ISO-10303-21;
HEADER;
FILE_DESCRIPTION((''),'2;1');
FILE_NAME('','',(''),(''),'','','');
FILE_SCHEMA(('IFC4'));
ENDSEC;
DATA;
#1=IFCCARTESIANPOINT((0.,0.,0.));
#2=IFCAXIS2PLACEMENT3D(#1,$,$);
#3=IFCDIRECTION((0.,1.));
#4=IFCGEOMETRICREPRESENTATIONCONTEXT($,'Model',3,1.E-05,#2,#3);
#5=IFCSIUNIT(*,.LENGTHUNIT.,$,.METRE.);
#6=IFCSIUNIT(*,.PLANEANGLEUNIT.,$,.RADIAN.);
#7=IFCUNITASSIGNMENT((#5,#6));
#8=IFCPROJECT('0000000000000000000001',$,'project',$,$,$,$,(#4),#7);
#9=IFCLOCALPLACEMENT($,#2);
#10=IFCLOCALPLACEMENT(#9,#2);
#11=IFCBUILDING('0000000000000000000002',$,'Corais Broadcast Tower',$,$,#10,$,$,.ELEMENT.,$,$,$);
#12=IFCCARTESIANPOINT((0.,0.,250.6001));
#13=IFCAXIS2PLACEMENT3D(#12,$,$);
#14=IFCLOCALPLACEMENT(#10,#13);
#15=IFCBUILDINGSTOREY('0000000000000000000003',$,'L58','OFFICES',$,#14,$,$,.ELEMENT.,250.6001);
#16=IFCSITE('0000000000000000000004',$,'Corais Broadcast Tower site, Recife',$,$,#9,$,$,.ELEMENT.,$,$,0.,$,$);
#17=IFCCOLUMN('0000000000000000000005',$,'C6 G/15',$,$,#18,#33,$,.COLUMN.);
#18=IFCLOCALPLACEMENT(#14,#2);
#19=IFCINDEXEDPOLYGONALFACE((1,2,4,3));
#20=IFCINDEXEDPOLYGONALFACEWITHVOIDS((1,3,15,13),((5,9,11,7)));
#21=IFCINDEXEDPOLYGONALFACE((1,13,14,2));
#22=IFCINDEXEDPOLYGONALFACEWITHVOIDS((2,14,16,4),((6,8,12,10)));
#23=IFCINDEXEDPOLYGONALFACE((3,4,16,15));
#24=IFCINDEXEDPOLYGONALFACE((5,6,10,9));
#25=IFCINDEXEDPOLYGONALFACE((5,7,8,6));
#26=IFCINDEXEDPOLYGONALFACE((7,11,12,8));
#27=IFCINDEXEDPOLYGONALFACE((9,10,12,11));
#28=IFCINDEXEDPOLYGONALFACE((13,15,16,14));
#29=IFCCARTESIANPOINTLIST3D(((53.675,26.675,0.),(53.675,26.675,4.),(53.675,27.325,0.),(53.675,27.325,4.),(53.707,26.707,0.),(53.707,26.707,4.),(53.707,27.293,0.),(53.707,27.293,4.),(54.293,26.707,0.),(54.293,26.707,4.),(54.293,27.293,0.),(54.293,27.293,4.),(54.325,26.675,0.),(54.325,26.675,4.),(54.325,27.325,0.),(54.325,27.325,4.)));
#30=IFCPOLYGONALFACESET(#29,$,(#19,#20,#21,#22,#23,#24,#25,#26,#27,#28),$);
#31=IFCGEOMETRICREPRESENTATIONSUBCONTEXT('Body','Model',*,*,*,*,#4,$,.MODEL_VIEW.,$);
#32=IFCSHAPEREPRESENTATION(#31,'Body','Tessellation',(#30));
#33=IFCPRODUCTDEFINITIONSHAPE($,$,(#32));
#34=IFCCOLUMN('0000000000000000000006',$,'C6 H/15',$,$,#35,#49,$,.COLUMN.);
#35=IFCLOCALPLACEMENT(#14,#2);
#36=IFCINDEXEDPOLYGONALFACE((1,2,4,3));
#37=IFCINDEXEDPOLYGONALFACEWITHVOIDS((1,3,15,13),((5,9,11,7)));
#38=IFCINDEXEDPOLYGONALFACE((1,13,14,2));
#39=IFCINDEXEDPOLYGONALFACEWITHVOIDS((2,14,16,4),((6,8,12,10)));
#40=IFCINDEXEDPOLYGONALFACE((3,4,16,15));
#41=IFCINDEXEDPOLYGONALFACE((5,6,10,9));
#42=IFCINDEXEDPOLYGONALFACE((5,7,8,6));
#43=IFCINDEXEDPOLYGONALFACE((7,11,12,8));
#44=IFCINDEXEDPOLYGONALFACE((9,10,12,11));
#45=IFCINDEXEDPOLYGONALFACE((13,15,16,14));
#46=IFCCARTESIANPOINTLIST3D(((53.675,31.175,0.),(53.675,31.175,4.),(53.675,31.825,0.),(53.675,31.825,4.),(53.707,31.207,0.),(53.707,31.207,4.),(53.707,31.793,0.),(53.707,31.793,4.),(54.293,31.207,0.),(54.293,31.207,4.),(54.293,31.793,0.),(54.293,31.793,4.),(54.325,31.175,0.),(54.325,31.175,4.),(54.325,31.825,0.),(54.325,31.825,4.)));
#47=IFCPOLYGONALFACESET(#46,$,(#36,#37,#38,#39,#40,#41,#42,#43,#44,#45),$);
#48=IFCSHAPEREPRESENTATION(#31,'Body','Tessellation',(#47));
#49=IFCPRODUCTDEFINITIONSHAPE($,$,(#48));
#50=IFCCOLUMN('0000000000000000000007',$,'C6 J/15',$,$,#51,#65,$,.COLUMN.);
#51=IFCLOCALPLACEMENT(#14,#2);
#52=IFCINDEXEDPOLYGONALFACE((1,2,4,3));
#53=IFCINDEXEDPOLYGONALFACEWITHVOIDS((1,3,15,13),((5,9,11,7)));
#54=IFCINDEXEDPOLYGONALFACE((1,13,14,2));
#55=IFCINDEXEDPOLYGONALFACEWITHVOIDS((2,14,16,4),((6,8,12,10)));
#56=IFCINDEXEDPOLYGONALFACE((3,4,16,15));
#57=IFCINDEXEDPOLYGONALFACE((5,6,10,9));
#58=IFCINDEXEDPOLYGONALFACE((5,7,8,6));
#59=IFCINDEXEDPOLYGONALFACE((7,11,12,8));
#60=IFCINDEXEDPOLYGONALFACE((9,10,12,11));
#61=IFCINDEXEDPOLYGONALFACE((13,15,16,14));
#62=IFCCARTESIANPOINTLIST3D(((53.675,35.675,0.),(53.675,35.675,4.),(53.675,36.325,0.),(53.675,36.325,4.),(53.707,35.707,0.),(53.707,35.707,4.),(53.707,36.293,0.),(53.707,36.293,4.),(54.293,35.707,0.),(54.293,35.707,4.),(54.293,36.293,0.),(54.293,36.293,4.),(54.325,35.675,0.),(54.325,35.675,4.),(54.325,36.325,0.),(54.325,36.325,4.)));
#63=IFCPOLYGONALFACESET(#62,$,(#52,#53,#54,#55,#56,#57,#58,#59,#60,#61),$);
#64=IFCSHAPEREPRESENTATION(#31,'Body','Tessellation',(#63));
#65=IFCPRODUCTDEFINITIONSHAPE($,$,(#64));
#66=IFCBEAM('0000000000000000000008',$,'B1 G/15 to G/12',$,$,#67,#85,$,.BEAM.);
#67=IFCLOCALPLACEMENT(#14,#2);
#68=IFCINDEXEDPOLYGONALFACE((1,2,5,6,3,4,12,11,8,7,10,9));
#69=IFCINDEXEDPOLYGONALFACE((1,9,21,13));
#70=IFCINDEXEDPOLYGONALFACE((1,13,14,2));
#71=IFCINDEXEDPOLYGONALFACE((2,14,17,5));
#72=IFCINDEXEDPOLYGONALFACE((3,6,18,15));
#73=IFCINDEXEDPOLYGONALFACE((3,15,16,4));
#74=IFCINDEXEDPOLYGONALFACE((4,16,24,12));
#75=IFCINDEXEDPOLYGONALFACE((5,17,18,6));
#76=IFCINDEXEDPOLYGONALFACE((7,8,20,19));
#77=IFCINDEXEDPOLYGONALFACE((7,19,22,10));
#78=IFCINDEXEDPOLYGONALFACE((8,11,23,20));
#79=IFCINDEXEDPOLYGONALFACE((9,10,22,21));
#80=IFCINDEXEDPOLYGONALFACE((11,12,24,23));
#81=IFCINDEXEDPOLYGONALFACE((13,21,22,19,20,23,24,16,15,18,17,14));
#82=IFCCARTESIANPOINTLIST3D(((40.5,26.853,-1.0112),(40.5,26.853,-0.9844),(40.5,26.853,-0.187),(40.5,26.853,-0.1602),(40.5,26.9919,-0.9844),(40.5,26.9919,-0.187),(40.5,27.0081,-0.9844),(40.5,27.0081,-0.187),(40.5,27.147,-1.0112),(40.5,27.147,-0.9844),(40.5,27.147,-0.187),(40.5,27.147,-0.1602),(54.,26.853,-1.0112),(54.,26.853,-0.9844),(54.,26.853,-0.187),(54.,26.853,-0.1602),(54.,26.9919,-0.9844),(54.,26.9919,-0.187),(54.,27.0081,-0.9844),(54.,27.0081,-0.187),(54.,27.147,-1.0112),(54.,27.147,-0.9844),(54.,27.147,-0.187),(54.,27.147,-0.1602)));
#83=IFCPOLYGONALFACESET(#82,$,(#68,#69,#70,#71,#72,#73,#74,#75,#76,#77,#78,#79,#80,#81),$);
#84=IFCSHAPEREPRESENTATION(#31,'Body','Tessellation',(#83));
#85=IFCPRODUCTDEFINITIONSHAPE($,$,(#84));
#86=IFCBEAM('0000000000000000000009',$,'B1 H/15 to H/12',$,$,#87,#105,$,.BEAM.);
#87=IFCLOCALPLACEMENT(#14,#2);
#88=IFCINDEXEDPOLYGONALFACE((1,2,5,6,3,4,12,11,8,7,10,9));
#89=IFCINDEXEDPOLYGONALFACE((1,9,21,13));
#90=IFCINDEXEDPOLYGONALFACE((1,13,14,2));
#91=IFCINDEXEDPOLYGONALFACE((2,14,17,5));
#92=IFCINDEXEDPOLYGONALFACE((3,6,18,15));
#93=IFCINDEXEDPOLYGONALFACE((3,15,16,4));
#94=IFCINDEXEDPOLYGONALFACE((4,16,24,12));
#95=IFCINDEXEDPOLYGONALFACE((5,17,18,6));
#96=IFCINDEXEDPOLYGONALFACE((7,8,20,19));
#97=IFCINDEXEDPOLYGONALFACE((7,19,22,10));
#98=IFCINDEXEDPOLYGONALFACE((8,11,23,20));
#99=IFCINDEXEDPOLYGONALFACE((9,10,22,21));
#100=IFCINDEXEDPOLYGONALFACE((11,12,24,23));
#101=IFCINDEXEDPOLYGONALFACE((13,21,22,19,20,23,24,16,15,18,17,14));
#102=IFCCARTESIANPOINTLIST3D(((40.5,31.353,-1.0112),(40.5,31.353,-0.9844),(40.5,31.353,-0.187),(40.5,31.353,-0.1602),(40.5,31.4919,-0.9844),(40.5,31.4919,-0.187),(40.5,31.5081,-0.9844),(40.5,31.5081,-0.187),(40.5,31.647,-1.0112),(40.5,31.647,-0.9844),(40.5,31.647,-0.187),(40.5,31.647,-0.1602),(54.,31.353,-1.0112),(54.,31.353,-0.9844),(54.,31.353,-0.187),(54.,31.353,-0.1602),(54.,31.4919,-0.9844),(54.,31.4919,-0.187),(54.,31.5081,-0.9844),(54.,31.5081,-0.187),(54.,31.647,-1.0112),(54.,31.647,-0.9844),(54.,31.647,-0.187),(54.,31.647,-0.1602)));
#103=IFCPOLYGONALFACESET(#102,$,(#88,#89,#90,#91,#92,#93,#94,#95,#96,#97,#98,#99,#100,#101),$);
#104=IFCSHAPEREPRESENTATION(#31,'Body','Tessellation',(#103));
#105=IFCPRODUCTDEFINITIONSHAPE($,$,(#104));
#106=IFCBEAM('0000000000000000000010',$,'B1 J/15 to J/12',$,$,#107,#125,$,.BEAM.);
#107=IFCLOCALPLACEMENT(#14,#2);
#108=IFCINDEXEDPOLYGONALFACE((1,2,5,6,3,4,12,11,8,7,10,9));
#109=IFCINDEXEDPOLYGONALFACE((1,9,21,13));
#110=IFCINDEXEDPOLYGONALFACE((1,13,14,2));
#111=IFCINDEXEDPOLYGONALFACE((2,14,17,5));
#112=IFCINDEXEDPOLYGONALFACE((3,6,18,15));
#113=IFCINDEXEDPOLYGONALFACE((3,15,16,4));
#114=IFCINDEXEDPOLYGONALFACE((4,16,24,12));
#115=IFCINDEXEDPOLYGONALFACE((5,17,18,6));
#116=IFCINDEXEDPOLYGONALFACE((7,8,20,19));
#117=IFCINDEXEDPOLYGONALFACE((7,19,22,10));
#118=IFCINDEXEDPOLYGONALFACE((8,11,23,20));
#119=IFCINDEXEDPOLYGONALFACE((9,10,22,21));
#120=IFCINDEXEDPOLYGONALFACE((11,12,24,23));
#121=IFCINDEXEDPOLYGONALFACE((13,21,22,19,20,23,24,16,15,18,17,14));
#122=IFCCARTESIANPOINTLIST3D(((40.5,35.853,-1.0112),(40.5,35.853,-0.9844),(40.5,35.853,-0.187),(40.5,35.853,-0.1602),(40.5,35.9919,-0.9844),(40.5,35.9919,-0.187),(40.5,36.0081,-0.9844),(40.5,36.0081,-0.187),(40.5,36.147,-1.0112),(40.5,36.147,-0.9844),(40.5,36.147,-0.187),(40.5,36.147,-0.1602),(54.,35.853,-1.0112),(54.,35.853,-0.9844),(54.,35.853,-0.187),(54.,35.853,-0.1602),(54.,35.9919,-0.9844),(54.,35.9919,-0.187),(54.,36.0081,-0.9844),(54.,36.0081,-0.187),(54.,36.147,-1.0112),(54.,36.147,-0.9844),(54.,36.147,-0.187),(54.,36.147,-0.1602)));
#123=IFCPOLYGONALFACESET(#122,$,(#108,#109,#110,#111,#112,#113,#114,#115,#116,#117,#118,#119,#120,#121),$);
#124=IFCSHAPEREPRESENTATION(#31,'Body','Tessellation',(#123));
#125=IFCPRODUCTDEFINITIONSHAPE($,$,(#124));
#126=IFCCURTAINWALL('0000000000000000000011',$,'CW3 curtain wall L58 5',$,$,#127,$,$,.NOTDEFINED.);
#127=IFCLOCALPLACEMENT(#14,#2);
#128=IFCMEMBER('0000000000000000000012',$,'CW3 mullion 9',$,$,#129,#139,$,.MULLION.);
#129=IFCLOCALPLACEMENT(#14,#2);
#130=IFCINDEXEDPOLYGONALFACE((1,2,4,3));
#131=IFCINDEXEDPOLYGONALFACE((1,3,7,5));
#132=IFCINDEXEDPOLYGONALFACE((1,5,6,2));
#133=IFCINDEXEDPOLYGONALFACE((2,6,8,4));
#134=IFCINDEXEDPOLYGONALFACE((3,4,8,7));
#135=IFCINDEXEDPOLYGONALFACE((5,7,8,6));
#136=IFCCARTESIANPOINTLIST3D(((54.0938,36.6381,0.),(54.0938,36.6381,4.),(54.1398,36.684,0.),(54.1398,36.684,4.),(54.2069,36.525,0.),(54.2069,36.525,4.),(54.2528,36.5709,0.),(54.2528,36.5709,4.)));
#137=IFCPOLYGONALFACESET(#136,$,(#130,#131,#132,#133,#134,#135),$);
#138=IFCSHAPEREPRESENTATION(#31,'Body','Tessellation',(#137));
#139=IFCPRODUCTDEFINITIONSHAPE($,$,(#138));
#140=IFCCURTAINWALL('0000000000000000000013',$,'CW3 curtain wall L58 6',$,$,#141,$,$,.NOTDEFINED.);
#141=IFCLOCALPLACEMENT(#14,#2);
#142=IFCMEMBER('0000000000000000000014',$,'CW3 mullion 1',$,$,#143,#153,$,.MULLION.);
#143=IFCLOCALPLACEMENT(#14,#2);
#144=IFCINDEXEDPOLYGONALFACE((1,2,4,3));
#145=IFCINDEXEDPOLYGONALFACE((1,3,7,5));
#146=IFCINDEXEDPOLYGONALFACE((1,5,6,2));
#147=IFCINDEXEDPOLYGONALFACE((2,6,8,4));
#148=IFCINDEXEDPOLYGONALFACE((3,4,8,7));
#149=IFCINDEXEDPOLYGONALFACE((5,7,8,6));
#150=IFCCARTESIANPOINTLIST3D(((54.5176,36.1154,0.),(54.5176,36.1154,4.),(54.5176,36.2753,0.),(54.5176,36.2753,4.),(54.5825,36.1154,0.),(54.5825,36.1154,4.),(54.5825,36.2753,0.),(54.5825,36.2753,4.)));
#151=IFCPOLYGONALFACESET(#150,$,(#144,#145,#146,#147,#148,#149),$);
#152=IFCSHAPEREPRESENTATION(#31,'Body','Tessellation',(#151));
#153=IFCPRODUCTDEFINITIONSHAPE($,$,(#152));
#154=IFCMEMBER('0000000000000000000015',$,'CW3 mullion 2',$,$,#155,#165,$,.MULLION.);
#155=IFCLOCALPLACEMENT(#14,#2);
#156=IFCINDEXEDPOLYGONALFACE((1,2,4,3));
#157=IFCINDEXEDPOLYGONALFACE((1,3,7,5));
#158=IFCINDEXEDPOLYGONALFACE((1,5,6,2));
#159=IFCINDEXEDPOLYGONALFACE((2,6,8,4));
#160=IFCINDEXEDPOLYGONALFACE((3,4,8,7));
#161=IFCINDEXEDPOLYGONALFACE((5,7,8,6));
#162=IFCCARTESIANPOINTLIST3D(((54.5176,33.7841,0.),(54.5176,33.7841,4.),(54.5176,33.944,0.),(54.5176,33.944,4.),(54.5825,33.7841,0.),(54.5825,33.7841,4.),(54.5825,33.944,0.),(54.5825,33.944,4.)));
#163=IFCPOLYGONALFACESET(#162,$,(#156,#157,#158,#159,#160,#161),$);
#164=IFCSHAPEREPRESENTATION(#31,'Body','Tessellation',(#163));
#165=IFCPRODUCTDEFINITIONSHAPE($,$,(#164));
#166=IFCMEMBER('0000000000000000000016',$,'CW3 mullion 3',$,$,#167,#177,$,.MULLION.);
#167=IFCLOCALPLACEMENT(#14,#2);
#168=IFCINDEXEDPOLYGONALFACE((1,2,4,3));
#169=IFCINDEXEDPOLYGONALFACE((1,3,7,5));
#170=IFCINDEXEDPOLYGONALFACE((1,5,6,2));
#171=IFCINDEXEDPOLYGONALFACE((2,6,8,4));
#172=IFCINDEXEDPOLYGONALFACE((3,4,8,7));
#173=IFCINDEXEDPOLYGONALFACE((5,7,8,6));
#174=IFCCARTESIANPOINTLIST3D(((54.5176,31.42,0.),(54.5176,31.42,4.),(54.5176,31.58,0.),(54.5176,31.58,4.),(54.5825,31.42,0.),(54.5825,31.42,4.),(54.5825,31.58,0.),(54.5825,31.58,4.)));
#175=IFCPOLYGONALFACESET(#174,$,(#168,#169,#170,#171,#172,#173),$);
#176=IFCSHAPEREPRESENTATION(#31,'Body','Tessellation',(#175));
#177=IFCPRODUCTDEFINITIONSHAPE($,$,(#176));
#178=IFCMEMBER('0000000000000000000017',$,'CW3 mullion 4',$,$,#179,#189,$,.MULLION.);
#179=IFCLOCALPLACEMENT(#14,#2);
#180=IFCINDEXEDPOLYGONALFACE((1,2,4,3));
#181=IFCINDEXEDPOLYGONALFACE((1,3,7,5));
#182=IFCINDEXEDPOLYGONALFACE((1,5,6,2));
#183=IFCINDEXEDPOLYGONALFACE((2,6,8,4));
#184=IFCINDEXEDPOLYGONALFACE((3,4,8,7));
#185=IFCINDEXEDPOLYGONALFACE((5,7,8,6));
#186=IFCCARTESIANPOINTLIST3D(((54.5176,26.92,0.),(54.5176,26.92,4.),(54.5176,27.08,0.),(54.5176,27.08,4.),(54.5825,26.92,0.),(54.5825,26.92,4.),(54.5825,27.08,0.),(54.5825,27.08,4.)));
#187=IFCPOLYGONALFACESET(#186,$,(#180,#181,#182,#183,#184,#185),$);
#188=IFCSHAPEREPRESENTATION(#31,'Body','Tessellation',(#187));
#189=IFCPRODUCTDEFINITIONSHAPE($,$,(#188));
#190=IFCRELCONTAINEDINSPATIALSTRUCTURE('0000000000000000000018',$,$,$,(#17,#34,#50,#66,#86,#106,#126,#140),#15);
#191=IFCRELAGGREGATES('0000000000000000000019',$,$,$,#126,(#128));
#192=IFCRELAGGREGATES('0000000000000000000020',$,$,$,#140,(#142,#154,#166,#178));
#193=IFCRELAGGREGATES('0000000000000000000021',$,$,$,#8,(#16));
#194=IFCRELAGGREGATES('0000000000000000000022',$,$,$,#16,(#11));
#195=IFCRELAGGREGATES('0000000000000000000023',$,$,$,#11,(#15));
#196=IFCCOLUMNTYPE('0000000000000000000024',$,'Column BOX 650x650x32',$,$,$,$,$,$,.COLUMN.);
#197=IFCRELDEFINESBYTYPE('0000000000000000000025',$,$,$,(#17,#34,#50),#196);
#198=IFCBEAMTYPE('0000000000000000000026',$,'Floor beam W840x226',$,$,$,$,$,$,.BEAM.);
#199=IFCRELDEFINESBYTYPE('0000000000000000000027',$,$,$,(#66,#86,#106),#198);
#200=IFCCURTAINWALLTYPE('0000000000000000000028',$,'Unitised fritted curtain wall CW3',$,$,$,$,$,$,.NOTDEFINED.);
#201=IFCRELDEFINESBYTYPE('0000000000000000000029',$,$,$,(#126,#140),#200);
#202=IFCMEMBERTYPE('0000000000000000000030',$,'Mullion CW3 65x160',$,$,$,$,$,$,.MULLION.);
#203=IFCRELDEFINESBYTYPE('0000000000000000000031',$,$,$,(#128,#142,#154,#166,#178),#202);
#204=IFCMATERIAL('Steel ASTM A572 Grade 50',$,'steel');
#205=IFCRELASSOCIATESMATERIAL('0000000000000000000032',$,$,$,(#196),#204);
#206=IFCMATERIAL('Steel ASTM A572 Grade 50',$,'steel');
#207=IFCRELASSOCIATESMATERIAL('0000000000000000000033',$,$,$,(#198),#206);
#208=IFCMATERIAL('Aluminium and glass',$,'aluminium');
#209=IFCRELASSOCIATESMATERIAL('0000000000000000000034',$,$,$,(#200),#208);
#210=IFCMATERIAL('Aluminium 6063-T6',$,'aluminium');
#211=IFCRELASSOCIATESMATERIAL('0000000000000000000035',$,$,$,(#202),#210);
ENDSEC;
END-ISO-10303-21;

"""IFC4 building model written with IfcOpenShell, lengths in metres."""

from ifc_helpers import new_model, si_unit, direction, frame, origin, origin_2d, place, context, subcontext, project, spatial, rectangle, hollow_rectangle, i_section, extrude, material, material_profile, profile_set, type_object, element, aggregate, save


model = new_model("IFC4")

# Units and contexts
model_context = context("Model", 3, precision=1e-05, world=origin(), true_north=direction((0.0, 1.0)))
body_context = subcontext(model_context, "Body", "Model", "MODEL_VIEW")
ifc_project = project(units=[si_unit("LENGTHUNIT", "METRE"), si_unit("PLANEANGLEUNIT", "RADIAN")], contexts=[model_context])

# Site, building, storey
site_placement = place(None, origin())
site = spatial("IfcSite", under=ifc_project, at=site_placement, Name="Corais Broadcast Tower site, Recife", CompositionType="ELEMENT", RefElevation=0.0)
building_placement = place(site_placement, origin())
building = spatial("IfcBuilding", under=site, at=building_placement, Name="Corais Broadcast Tower", CompositionType="ELEMENT")
storey_placement = place(building_placement, frame((0.0, 0.0, 250.6001)))
storey = spatial("IfcBuildingStorey", under=building, at=storey_placement, Name="L58", Description="OFFICES", CompositionType="ELEMENT", Elevation=250.6001)

# Columns
ifc_material_1 = material(Name="Steel ASTM A572 Grade 50", Category="steel")
ifc_material_profile_1 = material_profile(ifc_material_1, hollow_rectangle(XDim=0.6499, YDim=0.6499, WallThickness=0.032, at=origin_2d()), Name="BOX 650x650x32")
ifc_profile_set_1 = profile_set([ifc_material_profile_1], Name="Steel ASTM A572 Grade 50")
column_type = type_object("IfcColumnType", Name="Column BOX 650x650x32", PredefinedType="COLUMN", material=ifc_profile_set_1)
for number, where, z_axis, x_axis, name in (
    (1, (54.0, 27.0, 0.0), (0.0, 0.0, 1.0), (1.0, 0.0, 0.0), "C6 G/15"),
    (2, (54.0, 31.5, 0.0), (0.0, 0.0, 1.0), (1.0, 0.0, 0.0), "C6 H/15"),
    (3, (54.0, 36.0, 0.0), (0.0, 0.0, 1.0), (1.0, 0.0, 0.0), "C6 J/15"),
):
    element("IfcColumn", number, at=place(storey_placement, frame(where, z_axis=z_axis, x_axis=x_axis)), inside=storey, type_object=column_type, Name=name, PredefinedType="COLUMN", context=body_context, shape_type="SweptSolid", body=[
        extrude(hollow_rectangle(XDim=0.6499, YDim=0.6499, WallThickness=0.032, at=origin_2d()), origin(), (0.0, 0.0, 1.0), 4.0),
    ])

# Beams
ifc_material_2 = material(Name="Steel ASTM A572 Grade 50", Category="steel")
ifc_material_profile_2 = material_profile(ifc_material_2, i_section(OverallWidth=0.2939, OverallDepth=0.8511, WebThickness=0.0161, FlangeThickness=0.0269, at=origin_2d()), Name="W840x226")
ifc_profile_set_2 = profile_set([ifc_material_profile_2], Name="Steel ASTM A572 Grade 50")
beam_type_1 = type_object("IfcBeamType", Name="Floor beam W840x226", PredefinedType="BEAM", material=ifc_profile_set_2)
for number, where, z_axis, x_axis, name in (
    (4, (54.0, 27.0, -0.5857), (-1.0, 0.0, 0.0), (0.0, -1.0, 0.0), "B1 G/15 to G/12"),
    (5, (54.0, 31.5, -0.5857), (-1.0, 0.0, 0.0), (0.0, -1.0, 0.0), "B1 H/15 to H/12"),
    (6, (54.0, 36.0, -0.5857), (-1.0, 0.0, 0.0), (0.0, -1.0, 0.0), "B1 J/15 to J/12"),
):
    element("IfcBeam", number, at=place(storey_placement, frame(where, z_axis=z_axis, x_axis=x_axis)), inside=storey, type_object=beam_type_1, Name=name, PredefinedType="BEAM", context=body_context, shape_type="SweptSolid", body=[
        extrude(i_section(OverallWidth=0.2939, OverallDepth=0.8511, WebThickness=0.0161, FlangeThickness=0.0269, at=origin_2d()), origin(), (0.0, 0.0, 1.0), 13.5),
    ])

# Curtain wall, member
ifc_material_3 = material(Name="Aluminium and glass", Category="aluminium")
curtain_wall_type = type_object("IfcCurtainWallType", Name="Unitised fritted curtain wall CW3", PredefinedType="NOTDEFINED", material=ifc_material_3)
curtain_wall_1_placement = place(storey_placement, origin())
curtain_wall_1 = element("IfcCurtainWall", 7, at=curtain_wall_1_placement, inside=storey, type_object=curtain_wall_type, Name="CW3 curtain wall L58 5", PredefinedType="NOTDEFINED")
ifc_material_4 = material(Name="Aluminium 6063-T6", Category="aluminium")
ifc_material_profile_3 = material_profile(ifc_material_4, rectangle(XDim=0.0649, YDim=0.1599, at=origin_2d()), Name="Mullion CW3 65x160")
ifc_profile_set_3 = profile_set([ifc_material_profile_3], Name="Aluminium 6063-T6")
member_type_1 = type_object("IfcMemberType", Name="Mullion CW3 65x160", PredefinedType="MULLION", material=ifc_profile_set_3)
member_1_placement = place(storey_placement, frame((54.1733, 36.6045, 0.0), z_axis=(0.0, 0.0, 1.0), x_axis=(0.707107, 0.707107, 0.0)))
member_1 = element("IfcMember", 8, at=member_1_placement, type_object=member_type_1, Name="CW3 mullion 9", PredefinedType="MULLION", context=body_context, shape_type="SweptSolid", body=[
    extrude(rectangle(XDim=0.0649, YDim=0.1599, at=origin_2d()), origin(), (0.0, 0.0, 1.0), 4.0),
])

# Curtain wall, members
curtain_wall_2_placement = place(storey_placement, origin())
curtain_wall_2 = element("IfcCurtainWall", 9, at=curtain_wall_2_placement, inside=storey, type_object=curtain_wall_type, Name="CW3 curtain wall L58 6", PredefinedType="NOTDEFINED")
member_2_placement = place(storey_placement, frame((54.55, 36.1953, 0.0), z_axis=(0.0, 0.0, 1.0), x_axis=(1.0, 0.0, 0.0)))
member_2 = element("IfcMember", 10, at=member_2_placement, type_object=member_type_1, Name="CW3 mullion 1", PredefinedType="MULLION", context=body_context, shape_type="SweptSolid", body=[
    extrude(rectangle(XDim=0.0649, YDim=0.1599, at=origin_2d()), origin(), (0.0, 0.0, 1.0), 4.0),
])
member_3_placement = place(storey_placement, frame((54.55, 33.864, 0.0), z_axis=(0.0, 0.0, 1.0), x_axis=(1.0, 0.0, 0.0)))
member_3 = element("IfcMember", 11, at=member_3_placement, type_object=member_type_1, Name="CW3 mullion 2", PredefinedType="MULLION", context=body_context, shape_type="SweptSolid", body=[
    extrude(rectangle(XDim=0.0649, YDim=0.1599, at=origin_2d()), origin(), (0.0, 0.0, 1.0), 4.0),
])
member_4_placement = place(storey_placement, frame((54.55, 31.5, 0.0), z_axis=(0.0, 0.0, 1.0), x_axis=(1.0, 0.0, 0.0)))
member_4 = element("IfcMember", 12, at=member_4_placement, type_object=member_type_1, Name="CW3 mullion 3", PredefinedType="MULLION", context=body_context, shape_type="SweptSolid", body=[
    extrude(rectangle(XDim=0.0649, YDim=0.1599, at=origin_2d()), origin(), (0.0, 0.0, 1.0), 4.0),
])
member_5_placement = place(storey_placement, frame((54.55, 27.0, 0.0), z_axis=(0.0, 0.0, 1.0), x_axis=(1.0, 0.0, 0.0)))
member_5 = element("IfcMember", 13, at=member_5_placement, type_object=member_type_1, Name="CW3 mullion 4", PredefinedType="MULLION", context=body_context, shape_type="SweptSolid", body=[
    extrude(rectangle(XDim=0.0649, YDim=0.1599, at=origin_2d()), origin(), (0.0, 0.0, 1.0), 4.0),
])

aggregate(curtain_wall_1, [member_1])
aggregate(curtain_wall_2, [member_2, member_3, member_4, member_5])

save(model, "model.ifc")
